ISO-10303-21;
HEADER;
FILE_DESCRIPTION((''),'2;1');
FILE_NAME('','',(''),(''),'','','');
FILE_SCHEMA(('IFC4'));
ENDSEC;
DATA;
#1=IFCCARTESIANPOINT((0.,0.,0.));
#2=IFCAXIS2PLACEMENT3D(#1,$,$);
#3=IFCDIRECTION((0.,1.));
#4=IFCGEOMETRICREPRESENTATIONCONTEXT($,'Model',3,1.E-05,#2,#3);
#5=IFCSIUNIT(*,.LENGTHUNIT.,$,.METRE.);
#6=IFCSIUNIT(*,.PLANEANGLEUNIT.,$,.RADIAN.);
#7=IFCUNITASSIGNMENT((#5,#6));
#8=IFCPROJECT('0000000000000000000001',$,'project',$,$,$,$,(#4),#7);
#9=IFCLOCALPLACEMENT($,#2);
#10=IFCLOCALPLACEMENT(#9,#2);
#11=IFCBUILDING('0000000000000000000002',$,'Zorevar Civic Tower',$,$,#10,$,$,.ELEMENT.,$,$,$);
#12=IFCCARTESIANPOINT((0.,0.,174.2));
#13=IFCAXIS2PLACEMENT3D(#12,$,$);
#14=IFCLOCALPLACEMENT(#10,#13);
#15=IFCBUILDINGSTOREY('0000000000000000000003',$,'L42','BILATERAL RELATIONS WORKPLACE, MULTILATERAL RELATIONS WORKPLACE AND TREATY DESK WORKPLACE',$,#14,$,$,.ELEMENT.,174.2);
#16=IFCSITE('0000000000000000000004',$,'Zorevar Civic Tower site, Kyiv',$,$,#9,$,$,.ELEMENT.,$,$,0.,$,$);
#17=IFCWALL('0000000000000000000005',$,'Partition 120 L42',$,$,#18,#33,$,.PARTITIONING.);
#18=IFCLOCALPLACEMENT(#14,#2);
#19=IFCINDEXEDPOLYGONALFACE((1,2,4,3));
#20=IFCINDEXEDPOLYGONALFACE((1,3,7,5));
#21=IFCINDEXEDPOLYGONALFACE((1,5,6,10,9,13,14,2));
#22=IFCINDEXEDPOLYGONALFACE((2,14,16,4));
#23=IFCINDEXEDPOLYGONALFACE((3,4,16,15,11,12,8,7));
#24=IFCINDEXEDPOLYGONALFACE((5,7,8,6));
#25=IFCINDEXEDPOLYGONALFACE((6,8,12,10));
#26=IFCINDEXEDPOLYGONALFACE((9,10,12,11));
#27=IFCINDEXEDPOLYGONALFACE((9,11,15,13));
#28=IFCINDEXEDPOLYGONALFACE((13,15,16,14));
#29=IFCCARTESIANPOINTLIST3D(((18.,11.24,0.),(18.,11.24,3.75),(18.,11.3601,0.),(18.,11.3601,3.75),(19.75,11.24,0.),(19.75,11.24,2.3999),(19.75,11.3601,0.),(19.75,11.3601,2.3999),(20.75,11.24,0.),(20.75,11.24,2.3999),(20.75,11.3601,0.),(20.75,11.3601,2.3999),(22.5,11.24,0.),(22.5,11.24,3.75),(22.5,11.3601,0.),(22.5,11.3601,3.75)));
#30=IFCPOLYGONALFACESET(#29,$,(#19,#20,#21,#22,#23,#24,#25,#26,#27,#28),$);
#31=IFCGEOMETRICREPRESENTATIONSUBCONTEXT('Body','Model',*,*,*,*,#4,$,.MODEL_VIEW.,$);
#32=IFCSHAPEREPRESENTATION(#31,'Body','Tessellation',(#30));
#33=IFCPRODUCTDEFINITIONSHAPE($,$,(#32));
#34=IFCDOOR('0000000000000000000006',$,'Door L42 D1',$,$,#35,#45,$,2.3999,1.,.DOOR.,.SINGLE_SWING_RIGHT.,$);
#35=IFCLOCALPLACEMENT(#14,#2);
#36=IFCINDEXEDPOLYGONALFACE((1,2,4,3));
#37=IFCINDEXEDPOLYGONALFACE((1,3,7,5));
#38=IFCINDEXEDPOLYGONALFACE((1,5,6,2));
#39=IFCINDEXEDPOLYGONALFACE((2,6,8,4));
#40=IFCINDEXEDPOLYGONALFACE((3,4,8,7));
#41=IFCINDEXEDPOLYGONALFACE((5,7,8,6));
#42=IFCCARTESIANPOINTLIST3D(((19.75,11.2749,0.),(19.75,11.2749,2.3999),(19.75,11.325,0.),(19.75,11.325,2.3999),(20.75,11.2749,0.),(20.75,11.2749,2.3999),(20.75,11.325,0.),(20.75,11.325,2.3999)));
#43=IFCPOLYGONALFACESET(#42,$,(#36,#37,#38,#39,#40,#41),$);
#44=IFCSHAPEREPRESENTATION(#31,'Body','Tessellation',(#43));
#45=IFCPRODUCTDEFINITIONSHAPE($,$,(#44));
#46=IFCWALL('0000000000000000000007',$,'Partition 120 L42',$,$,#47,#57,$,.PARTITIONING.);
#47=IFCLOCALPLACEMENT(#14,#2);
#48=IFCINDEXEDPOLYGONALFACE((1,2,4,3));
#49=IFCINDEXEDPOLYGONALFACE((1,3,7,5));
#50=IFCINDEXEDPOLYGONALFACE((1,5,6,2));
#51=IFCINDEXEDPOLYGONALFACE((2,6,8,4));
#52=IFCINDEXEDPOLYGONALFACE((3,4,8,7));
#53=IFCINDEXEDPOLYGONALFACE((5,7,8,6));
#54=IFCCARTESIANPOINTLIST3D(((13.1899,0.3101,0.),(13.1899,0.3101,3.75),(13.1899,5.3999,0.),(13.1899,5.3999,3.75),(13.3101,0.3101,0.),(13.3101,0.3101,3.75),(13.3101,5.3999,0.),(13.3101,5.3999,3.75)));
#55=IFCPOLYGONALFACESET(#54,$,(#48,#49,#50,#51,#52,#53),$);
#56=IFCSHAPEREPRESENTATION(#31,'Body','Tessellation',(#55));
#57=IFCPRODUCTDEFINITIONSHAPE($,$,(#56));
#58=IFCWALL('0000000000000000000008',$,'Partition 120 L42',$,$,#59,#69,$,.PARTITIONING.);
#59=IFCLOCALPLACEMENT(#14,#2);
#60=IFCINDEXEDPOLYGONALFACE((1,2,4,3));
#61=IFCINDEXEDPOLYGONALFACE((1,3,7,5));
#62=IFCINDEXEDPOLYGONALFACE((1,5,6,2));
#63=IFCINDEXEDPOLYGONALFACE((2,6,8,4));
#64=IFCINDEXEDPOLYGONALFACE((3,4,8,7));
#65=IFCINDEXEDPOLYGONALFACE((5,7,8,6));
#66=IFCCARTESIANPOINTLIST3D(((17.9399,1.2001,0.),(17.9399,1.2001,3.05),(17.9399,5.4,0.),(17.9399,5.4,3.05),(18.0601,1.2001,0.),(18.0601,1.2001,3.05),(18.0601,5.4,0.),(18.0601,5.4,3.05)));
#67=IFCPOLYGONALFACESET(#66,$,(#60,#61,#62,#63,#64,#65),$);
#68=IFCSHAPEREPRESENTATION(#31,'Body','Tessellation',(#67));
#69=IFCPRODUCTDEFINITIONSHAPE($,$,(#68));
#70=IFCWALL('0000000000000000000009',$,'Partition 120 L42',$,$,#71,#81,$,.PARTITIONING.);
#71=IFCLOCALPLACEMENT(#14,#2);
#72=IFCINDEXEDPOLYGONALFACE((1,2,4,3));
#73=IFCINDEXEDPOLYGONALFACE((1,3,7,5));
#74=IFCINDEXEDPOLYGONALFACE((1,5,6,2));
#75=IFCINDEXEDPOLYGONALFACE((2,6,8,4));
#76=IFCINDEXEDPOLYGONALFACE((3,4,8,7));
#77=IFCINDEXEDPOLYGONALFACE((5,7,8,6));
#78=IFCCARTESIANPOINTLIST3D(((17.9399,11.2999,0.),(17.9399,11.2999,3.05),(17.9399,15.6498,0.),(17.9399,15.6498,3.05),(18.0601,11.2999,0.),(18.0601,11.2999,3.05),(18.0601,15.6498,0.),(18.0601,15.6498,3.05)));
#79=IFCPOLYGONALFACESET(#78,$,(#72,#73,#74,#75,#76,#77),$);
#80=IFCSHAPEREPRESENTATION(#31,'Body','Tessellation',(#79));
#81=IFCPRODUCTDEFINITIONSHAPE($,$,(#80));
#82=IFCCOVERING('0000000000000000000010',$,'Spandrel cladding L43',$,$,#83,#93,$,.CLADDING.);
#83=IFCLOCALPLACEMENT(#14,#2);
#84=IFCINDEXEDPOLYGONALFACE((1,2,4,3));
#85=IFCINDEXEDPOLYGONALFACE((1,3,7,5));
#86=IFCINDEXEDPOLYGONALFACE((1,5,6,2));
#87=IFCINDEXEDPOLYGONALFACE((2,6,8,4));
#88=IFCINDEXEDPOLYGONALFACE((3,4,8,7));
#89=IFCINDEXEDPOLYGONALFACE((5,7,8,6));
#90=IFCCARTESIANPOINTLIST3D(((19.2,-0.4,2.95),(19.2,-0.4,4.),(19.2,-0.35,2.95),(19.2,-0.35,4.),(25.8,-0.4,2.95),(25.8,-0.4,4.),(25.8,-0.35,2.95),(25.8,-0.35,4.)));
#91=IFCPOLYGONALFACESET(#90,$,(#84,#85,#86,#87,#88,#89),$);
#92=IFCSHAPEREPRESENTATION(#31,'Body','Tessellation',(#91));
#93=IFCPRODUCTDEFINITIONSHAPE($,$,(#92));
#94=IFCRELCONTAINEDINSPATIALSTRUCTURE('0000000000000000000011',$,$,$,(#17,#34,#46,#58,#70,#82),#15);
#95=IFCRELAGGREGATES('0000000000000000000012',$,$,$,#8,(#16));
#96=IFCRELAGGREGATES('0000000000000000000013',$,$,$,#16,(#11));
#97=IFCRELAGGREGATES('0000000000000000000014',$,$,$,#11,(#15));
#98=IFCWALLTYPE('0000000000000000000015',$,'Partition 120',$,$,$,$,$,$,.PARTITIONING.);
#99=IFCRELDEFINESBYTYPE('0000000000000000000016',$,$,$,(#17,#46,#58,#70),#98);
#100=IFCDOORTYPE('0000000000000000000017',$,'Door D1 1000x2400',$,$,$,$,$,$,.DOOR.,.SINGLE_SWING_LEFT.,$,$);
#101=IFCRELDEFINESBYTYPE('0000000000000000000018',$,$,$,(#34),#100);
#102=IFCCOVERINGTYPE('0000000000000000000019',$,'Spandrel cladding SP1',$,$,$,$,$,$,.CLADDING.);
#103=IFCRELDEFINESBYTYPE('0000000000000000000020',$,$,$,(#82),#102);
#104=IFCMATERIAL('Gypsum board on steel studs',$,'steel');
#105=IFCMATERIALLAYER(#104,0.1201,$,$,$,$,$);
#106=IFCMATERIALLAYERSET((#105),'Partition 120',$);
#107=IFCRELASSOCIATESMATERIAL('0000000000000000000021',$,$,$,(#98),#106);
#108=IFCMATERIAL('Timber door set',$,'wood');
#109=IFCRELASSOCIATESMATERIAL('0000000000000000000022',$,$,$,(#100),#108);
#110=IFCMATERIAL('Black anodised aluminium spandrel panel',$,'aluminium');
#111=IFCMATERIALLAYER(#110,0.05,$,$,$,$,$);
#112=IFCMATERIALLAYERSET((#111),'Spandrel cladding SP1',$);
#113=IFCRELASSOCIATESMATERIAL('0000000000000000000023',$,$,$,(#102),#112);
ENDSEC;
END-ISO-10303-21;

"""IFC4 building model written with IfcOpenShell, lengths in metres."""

from ifc_helpers import new_model, si_unit, direction, frame, frame_2d, origin, place, context, subcontext, project, spatial, rectangle, extrude, material, layer, layer_set, type_object, element, fill, save


model = new_model("IFC4")

# Units and contexts
model_context = context("Model", 3, precision=1e-05, world=origin(), true_north=direction((0.0, 1.0)))
body_context = subcontext(model_context, "Body", "Model", "MODEL_VIEW")
ifc_project = project(units=[si_unit("LENGTHUNIT", "METRE"), si_unit("PLANEANGLEUNIT", "RADIAN")], contexts=[model_context])

# Site, building, storey
site_placement = place(None, origin())
site = spatial("IfcSite", under=ifc_project, at=site_placement, Name="Zorevar Civic Tower site, Kyiv", CompositionType="ELEMENT", RefElevation=0.0)
building_placement = place(site_placement, origin())
building = spatial("IfcBuilding", under=site, at=building_placement, Name="Zorevar Civic Tower", CompositionType="ELEMENT")
storey_placement = place(building_placement, frame((0.0, 0.0, 174.2)))
storey = spatial("IfcBuildingStorey", under=building, at=storey_placement, Name="L42", Description="BILATERAL RELATIONS WORKPLACE, MULTILATERAL RELATIONS WORKPLACE AND TREATY DESK WORKPLACE", CompositionType="ELEMENT", Elevation=174.2)

# Wall, opening, door
ifc_material_1 = material(Name="Gypsum board on steel studs", Category="steel")
ifc_layer_1 = layer(ifc_material_1, 0.1201)
ifc_layer_set_1 = layer_set([ifc_layer_1], Name="Partition 120")
wall_type = type_object("IfcWallType", Name="Partition 120", PredefinedType="PARTITIONING", material=ifc_layer_set_1)
ifc_material_2 = material(Name="Timber door set", Category="wood")
door_type = type_object("IfcDoorType", Name="Door D1 1000x2400", OperationType="SINGLE_SWING_LEFT", PredefinedType="DOOR", material=ifc_material_2)
wall_1_placement = place(storey_placement, frame((18.0, 11.3, 0.0), z_axis=(0.0, 0.0, 1.0), x_axis=(1.0, 0.0, 0.0)))
wall_1 = element("IfcWall", 1, at=wall_1_placement, inside=storey, type_object=wall_type, Name="Partition 120 L42", PredefinedType="PARTITIONING", context=body_context, shape_type="SweptSolid", body=[
    extrude(rectangle(XDim=4.5, YDim=0.1201, at=frame_2d((2.25, 0.0))), origin(), (0.0, 0.0, 1.0), 3.75),
])
opening_1_placement = place(wall_1_placement, frame((1.75, 0.0, 0.0)))
opening_1 = element("IfcOpeningElement", 2, at=opening_1_placement, cuts=wall_1, PredefinedType="OPENING", context=body_context, shape_type="SweptSolid", body=[
    extrude(rectangle(XDim=1.0, YDim=2.3999, at=frame_2d((0.5, 1.2))), frame((0.0, 0.0701, 0.0), z_axis=(0.0, -1.0, 0.0), x_axis=(1.0, 0.0, 0.0)), (0.0, 0.0, 1.0), 0.1401),
])
door_1_placement = place(opening_1_placement, origin())
door_1 = element("IfcDoor", 3, at=door_1_placement, inside=storey, type_object=door_type, Name="Door L42 D1", OperationType="SINGLE_SWING_RIGHT", OverallHeight=2.3999, OverallWidth=1.0, PredefinedType="DOOR", context=body_context, shape_type="SweptSolid", body=[
    extrude(rectangle(XDim=1.0, YDim=2.3999, at=frame_2d((0.5, 1.2))), frame((0.0, 0.0249, 0.0), z_axis=(0.0, -1.0, 0.0), x_axis=(1.0, 0.0, 0.0)), (0.0, 0.0, 1.0), 0.05),
])
fill(opening_1, door_1)

# Walls
wall_2_placement = place(storey_placement, frame((13.25, 0.3101, 0.0), z_axis=(0.0, 0.0, 1.0), x_axis=(0.0, 1.0, 0.0)))
element("IfcWall", 4, at=wall_2_placement, inside=storey, type_object=wall_type, Name="Partition 120 L42", PredefinedType="PARTITIONING", context=body_context, shape_type="SweptSolid", body=[
    extrude(rectangle(XDim=5.0898, YDim=0.1201, at=frame_2d((2.5449, 0.0))), origin(), (0.0, 0.0, 1.0), 3.75),
])
wall_3_placement = place(storey_placement, frame((18.0, 1.2, 0.0), z_axis=(0.0, 0.0, 1.0), x_axis=(0.0, 1.0, 0.0)))
element("IfcWall", 5, at=wall_3_placement, inside=storey, type_object=wall_type, Name="Partition 120 L42", PredefinedType="PARTITIONING", context=body_context, shape_type="SweptSolid", body=[
    extrude(rectangle(XDim=4.2, YDim=0.1201, at=frame_2d((2.1001, 0.0))), origin(), (0.0, 0.0, 1.0), 3.05),
])
wall_4_placement = place(storey_placement, frame((18.0, 11.3, 0.0), z_axis=(0.0, 0.0, 1.0), x_axis=(0.0, 1.0, 0.0)))
element("IfcWall", 6, at=wall_4_placement, inside=storey, type_object=wall_type, Name="Partition 120 L42", PredefinedType="PARTITIONING", context=body_context, shape_type="SweptSolid", body=[
    extrude(rectangle(XDim=4.3499, YDim=0.1201, at=frame_2d((2.1748, 0.0))), origin(), (0.0, 0.0, 1.0), 3.05),
])

# Covering
ifc_material_3 = material(Name="Black anodised aluminium spandrel panel", Category="aluminium")
ifc_layer_2 = layer(ifc_material_3, 0.05)
ifc_layer_set_2 = layer_set([ifc_layer_2], Name="Spandrel cladding SP1")
covering_type = type_object("IfcCoveringType", Name="Spandrel cladding SP1", PredefinedType="CLADDING", material=ifc_layer_set_2)
covering_placement = place(storey_placement, frame((19.2, -0.375, 2.95), z_axis=(0.0, 0.0, 1.0), x_axis=(1.0, 0.0, 0.0)))
element("IfcCovering", 7, at=covering_placement, inside=storey, type_object=covering_type, Name="Spandrel cladding L43", PredefinedType="CLADDING", context=body_context, shape_type="SweptSolid", body=[
    extrude(rectangle(XDim=6.6001, YDim=0.05, at=frame_2d((3.3, 0.0))), origin(), (0.0, 0.0, 1.0), 1.05),
])

save(model, "model.ifc")
